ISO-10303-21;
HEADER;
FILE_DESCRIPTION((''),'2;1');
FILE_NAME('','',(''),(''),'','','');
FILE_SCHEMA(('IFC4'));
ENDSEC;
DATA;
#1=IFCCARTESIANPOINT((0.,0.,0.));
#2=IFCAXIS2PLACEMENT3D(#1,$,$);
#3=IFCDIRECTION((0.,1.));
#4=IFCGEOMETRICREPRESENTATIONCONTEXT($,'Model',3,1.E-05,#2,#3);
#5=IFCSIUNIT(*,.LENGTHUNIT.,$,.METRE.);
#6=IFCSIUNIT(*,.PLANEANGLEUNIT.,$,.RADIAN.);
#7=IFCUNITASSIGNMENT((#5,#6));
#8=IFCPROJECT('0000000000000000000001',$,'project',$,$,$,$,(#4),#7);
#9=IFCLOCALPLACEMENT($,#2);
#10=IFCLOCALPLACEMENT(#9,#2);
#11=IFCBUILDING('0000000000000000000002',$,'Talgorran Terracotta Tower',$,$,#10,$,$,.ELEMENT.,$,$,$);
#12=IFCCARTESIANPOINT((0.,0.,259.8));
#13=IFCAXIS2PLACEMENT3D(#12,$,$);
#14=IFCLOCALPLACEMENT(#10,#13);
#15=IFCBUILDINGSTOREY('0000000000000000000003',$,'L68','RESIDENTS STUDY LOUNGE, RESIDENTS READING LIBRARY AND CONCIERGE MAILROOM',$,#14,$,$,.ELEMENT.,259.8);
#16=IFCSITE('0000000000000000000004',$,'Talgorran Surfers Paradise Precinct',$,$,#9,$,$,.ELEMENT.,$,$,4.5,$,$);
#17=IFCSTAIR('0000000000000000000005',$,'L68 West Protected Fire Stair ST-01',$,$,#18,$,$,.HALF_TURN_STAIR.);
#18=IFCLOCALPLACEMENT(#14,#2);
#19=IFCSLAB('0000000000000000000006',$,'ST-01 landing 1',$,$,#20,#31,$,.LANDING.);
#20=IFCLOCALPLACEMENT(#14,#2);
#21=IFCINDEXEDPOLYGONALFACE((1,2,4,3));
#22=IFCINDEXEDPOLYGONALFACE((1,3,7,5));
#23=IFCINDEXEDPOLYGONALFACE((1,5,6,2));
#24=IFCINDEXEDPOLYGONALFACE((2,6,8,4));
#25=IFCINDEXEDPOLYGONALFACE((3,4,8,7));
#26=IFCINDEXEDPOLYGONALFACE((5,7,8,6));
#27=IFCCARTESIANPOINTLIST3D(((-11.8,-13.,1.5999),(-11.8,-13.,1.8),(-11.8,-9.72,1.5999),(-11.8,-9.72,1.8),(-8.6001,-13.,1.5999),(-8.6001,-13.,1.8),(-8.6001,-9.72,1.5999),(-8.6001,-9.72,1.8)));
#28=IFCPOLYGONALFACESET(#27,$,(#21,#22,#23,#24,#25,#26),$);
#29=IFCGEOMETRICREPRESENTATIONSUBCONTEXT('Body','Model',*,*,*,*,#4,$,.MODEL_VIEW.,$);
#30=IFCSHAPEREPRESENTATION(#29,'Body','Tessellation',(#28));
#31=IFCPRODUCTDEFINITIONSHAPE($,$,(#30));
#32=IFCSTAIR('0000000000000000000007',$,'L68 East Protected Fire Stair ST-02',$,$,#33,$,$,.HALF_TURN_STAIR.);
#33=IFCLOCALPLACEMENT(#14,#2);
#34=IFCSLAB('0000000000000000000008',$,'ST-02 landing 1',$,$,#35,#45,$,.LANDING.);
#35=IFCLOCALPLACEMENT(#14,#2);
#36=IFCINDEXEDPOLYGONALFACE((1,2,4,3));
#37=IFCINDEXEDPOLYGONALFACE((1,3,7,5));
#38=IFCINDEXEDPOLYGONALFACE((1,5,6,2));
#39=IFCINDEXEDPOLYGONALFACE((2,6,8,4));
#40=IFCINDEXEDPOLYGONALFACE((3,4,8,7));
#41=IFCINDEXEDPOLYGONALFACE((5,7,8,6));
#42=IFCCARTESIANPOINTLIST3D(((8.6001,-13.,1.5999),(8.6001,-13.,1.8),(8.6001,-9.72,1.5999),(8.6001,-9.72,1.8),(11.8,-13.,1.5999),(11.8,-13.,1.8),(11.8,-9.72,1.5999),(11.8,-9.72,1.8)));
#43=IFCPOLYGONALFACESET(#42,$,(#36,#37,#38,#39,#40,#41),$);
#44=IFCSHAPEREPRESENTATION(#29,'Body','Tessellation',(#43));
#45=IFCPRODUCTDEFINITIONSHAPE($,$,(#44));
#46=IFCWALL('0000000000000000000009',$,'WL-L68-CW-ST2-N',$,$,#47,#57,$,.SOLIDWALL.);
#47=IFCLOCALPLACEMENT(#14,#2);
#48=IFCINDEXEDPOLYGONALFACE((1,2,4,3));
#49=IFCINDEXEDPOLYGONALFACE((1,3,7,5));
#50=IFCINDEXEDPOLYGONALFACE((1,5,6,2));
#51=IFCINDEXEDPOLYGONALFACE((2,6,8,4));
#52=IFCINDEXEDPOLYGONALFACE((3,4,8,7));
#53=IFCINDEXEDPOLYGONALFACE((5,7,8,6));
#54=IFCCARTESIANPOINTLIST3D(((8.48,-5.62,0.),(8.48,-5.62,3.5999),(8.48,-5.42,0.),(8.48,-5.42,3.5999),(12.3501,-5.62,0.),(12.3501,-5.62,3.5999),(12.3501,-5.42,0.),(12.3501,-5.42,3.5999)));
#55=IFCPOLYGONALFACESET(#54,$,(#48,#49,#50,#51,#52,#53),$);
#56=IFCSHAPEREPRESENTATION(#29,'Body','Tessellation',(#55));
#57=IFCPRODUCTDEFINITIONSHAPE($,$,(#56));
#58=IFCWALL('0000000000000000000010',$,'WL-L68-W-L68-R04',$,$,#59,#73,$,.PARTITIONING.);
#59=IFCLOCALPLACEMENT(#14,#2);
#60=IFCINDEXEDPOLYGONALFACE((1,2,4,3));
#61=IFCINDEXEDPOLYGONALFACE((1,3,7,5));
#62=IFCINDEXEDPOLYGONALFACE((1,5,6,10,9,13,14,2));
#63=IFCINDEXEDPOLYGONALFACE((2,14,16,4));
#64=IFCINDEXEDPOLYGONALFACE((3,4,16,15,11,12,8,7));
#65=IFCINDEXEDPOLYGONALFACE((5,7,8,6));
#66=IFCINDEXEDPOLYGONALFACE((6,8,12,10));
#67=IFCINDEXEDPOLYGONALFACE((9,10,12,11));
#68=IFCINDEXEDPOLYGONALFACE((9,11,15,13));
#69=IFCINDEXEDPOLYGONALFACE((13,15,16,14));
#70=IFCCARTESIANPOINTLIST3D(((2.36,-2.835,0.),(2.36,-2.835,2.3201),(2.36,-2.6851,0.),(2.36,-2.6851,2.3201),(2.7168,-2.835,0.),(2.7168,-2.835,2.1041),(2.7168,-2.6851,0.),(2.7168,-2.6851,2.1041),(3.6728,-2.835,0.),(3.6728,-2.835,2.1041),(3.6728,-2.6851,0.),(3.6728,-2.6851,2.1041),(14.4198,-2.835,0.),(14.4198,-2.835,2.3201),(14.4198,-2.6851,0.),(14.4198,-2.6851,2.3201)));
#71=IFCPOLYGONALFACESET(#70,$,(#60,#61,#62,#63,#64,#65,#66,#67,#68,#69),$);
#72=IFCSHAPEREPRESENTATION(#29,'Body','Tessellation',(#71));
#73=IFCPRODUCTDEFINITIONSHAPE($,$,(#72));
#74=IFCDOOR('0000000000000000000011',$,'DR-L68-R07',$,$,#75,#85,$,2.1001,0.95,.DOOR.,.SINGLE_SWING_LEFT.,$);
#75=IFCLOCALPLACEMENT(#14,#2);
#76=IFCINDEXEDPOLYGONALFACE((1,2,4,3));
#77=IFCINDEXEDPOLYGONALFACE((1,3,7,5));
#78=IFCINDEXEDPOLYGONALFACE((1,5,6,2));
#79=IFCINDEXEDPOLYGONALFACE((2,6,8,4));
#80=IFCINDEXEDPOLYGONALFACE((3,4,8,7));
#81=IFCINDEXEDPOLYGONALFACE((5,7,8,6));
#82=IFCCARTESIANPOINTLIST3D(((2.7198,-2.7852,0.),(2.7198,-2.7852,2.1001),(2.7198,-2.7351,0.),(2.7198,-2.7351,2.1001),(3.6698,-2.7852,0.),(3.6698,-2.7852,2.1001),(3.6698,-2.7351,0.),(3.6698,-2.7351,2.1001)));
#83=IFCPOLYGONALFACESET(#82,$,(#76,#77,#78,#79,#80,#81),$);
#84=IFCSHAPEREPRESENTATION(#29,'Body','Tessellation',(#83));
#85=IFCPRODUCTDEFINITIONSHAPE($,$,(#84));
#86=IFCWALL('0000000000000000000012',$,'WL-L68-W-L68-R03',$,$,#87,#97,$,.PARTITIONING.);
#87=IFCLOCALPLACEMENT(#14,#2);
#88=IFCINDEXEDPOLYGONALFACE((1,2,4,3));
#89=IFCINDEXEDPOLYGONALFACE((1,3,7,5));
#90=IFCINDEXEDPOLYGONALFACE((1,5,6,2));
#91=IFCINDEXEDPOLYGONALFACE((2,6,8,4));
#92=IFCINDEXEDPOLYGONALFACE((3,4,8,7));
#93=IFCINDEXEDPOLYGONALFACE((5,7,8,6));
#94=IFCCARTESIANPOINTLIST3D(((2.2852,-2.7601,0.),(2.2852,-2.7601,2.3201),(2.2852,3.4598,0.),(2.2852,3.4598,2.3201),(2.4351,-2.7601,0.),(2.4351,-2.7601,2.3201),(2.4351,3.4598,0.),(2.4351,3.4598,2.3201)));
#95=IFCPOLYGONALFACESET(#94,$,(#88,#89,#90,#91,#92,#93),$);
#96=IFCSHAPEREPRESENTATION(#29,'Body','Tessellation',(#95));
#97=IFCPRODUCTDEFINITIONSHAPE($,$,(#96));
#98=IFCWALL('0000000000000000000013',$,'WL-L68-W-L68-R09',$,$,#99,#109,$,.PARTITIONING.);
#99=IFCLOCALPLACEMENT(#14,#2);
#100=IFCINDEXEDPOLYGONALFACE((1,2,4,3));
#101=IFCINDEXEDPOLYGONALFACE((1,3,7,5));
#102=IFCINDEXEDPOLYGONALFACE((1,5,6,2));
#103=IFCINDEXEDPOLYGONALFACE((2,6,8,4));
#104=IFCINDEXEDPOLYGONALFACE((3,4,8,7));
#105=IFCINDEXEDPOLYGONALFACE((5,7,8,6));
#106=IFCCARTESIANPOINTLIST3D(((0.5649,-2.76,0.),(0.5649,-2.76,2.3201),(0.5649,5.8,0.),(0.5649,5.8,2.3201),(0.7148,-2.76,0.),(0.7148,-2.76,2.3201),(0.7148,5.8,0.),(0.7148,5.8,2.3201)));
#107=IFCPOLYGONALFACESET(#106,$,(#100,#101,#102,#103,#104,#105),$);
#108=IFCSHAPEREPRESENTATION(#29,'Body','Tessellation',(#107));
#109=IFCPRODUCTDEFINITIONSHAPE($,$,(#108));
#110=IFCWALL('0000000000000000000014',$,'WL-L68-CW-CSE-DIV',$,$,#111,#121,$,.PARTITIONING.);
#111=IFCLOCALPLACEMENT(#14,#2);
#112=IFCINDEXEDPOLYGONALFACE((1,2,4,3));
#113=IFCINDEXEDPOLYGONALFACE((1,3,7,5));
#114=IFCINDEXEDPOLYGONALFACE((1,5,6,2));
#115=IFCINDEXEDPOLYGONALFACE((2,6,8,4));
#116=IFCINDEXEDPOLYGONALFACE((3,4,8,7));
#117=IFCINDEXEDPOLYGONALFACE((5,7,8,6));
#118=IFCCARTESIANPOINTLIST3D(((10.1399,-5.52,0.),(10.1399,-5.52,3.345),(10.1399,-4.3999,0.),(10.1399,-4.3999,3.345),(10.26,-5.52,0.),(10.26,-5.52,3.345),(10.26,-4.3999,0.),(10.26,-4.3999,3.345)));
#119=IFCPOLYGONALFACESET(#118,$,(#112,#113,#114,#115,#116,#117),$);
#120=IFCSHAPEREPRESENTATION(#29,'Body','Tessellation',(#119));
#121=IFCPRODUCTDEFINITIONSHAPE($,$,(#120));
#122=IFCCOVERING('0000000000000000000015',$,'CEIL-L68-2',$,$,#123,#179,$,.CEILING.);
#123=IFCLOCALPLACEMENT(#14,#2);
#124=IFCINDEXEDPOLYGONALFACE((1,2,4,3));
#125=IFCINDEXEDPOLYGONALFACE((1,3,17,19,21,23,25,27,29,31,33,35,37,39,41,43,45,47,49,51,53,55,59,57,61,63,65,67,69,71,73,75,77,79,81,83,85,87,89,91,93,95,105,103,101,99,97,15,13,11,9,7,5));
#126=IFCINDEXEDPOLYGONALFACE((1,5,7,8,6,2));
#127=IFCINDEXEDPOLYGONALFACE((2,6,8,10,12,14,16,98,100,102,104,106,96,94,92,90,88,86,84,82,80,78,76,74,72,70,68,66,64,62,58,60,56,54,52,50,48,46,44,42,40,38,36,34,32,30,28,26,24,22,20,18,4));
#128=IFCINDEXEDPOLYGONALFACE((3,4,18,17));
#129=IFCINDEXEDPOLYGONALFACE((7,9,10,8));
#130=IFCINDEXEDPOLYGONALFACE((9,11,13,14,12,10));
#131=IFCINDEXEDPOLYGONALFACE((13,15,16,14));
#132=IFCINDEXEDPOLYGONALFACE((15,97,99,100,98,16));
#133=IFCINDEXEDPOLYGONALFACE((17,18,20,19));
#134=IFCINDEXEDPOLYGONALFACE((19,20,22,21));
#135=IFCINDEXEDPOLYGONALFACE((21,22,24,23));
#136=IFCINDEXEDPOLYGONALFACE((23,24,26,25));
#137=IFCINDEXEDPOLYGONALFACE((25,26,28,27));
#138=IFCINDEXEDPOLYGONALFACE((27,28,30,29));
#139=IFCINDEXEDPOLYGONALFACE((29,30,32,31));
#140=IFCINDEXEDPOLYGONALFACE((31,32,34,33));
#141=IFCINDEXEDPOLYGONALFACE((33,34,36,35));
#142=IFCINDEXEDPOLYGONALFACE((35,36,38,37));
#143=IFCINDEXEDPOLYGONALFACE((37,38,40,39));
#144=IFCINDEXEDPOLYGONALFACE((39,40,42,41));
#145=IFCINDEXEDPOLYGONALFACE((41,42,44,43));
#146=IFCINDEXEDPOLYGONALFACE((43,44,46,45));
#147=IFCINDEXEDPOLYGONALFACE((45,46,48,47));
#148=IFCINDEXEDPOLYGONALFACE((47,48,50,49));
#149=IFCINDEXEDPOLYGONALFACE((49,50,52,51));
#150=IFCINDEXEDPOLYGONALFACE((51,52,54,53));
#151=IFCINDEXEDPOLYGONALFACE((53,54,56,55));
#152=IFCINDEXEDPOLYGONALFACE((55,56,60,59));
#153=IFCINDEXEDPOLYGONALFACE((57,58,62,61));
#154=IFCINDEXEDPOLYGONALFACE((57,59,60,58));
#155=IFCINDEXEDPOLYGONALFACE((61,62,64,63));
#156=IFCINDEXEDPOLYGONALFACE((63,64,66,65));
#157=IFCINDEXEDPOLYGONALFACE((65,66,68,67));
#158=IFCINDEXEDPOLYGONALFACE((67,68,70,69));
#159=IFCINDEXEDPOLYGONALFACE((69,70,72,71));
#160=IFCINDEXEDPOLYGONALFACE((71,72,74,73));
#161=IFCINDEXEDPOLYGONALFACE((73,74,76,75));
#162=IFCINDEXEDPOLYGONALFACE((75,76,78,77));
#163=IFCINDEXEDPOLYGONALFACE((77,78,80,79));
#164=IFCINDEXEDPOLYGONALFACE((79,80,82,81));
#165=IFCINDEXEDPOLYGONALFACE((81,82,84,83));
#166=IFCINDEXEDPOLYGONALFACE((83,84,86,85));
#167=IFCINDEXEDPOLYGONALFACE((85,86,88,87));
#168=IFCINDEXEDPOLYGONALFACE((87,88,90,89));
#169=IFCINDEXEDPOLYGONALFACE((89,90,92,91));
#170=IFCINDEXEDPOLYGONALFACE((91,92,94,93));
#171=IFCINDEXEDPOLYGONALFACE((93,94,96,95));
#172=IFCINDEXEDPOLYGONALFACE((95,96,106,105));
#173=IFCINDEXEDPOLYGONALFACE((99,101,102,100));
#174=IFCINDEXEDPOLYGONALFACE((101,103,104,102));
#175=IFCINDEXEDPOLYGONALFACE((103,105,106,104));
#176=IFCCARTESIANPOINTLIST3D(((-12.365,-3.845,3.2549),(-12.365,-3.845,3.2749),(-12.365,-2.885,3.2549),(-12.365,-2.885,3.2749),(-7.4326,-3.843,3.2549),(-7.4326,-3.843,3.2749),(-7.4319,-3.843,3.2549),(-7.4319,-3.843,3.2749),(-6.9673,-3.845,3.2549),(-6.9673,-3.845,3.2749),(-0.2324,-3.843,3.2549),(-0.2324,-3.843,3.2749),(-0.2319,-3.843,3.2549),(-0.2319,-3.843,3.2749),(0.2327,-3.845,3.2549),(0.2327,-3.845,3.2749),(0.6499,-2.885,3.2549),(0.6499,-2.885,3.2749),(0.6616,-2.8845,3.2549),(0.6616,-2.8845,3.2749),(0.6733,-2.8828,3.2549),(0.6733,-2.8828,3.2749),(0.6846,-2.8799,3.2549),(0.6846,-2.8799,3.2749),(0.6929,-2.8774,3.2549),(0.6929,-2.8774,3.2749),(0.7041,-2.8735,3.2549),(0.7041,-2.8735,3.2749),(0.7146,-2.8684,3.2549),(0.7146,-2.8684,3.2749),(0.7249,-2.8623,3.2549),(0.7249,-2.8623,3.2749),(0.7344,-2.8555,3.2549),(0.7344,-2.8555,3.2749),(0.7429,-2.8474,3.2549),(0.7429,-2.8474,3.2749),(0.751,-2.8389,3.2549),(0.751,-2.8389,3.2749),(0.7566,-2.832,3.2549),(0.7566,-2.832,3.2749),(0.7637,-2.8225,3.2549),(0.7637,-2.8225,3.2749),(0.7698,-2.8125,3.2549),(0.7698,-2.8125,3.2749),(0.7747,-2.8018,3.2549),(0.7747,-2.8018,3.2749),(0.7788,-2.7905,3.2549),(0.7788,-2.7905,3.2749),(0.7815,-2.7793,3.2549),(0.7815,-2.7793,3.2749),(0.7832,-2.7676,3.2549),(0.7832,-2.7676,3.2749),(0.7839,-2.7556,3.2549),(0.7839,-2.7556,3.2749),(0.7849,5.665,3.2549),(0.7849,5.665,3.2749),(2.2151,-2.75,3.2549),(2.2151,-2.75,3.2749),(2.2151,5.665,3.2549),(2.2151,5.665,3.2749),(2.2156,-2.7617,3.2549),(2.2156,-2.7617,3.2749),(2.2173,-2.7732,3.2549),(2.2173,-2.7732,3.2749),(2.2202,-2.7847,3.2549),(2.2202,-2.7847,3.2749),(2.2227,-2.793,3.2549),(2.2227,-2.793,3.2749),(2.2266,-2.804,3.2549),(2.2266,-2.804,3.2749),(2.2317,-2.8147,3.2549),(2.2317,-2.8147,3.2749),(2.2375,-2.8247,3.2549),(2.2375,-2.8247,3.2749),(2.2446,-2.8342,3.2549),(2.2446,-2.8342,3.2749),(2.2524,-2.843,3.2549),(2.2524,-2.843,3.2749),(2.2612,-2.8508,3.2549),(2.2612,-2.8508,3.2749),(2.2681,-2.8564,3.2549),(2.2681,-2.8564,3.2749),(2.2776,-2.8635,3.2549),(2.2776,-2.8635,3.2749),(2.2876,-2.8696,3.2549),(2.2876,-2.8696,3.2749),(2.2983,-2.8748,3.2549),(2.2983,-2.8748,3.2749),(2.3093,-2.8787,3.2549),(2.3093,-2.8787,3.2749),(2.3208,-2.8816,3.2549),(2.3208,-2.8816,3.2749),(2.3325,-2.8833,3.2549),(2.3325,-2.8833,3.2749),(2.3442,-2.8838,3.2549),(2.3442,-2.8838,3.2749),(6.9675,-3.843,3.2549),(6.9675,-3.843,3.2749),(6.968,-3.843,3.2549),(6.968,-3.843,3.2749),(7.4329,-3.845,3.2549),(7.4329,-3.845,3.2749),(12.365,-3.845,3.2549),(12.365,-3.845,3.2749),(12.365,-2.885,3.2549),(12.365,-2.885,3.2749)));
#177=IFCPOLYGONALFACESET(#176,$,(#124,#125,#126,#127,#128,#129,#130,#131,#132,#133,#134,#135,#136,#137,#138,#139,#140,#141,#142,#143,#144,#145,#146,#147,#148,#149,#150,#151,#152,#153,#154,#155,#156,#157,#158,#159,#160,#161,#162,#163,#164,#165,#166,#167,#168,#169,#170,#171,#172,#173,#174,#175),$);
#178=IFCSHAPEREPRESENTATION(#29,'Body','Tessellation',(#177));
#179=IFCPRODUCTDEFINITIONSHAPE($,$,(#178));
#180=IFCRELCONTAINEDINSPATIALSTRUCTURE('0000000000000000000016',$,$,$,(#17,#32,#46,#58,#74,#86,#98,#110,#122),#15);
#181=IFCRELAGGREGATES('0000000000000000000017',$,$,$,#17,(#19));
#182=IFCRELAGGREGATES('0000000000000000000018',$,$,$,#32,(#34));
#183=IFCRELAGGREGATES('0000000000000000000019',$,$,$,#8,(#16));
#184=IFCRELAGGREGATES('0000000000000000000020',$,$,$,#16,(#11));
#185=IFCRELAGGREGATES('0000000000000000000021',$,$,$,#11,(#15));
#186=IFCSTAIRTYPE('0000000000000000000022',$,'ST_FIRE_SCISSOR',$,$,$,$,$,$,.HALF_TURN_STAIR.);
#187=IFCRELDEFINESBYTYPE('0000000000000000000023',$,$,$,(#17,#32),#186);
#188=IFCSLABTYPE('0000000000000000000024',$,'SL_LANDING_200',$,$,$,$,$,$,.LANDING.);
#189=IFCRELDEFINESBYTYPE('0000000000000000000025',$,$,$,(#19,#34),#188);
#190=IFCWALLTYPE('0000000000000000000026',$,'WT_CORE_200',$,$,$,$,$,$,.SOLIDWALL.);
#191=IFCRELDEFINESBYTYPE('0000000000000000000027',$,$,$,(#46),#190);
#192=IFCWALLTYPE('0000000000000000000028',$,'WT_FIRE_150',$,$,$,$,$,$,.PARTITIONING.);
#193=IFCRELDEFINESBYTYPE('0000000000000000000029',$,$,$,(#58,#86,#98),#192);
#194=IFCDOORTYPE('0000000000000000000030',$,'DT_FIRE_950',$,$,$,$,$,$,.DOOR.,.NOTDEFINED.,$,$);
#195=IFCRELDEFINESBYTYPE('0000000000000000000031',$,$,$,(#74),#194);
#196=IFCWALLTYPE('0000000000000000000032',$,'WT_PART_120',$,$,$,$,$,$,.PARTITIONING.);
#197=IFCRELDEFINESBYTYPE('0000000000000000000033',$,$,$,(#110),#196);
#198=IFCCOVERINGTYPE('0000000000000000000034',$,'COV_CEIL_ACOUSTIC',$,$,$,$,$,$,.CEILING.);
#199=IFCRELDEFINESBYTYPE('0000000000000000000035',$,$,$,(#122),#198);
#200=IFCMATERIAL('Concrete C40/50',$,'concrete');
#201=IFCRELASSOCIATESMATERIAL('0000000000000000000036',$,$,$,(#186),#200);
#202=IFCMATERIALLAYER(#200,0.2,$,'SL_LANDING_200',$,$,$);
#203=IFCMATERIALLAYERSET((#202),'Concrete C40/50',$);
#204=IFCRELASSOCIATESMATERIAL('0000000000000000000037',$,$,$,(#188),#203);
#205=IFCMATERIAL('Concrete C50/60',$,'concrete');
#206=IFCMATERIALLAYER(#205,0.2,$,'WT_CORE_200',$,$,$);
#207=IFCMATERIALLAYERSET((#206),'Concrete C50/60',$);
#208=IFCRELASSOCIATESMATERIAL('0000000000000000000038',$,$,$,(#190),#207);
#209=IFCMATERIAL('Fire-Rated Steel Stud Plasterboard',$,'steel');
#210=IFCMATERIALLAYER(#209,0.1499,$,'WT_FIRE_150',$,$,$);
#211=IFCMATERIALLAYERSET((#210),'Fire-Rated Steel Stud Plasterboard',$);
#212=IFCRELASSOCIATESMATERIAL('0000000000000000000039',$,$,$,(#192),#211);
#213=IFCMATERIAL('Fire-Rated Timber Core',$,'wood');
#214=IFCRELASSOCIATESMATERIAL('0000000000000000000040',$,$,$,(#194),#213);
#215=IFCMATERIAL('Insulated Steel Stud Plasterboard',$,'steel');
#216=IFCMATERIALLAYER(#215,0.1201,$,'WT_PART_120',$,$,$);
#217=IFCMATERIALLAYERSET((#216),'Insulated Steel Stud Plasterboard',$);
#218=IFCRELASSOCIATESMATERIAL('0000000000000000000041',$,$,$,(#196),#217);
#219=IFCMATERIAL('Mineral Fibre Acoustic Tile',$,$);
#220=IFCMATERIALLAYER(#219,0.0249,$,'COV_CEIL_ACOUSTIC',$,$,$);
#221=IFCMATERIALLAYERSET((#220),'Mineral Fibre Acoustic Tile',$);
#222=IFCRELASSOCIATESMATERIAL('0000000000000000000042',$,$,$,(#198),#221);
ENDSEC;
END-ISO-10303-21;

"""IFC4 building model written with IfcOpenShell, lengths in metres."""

from ifc_helpers import new_model, si_unit, direction, frame, frame_2d, origin, place, context, subcontext, project, spatial, polyline, rectangle, outline, extrude, material, layer, layer_set, type_object, element, fill, aggregate, save


model = new_model("IFC4")

# Units and contexts
model_context = context("Model", 3, precision=1e-05, world=origin(), true_north=direction((0.0, 1.0)))
body_context = subcontext(model_context, "Body", "Model", "MODEL_VIEW")
ifc_project = project(units=[si_unit("LENGTHUNIT", "METRE"), si_unit("PLANEANGLEUNIT", "RADIAN")], contexts=[model_context])

# Site, building, storey
site_placement = place(None, origin())
site = spatial("IfcSite", under=ifc_project, at=site_placement, Name="Talgorran Surfers Paradise Precinct", CompositionType="ELEMENT", RefElevation=4.5)
building_placement = place(site_placement, origin())
building = spatial("IfcBuilding", under=site, at=building_placement, Name="Talgorran Terracotta Tower", CompositionType="ELEMENT")
storey_placement = place(building_placement, frame((0.0, 0.0, 259.8)))
storey = spatial("IfcBuildingStorey", under=building, at=storey_placement, Name="L68", Description="RESIDENTS STUDY LOUNGE, RESIDENTS READING LIBRARY AND CONCIERGE MAILROOM", CompositionType="ELEMENT", Elevation=259.8)

# Stairs, slabs
ifc_material_1 = material(Name="Concrete C40/50", Category="concrete")
stair_type = type_object("IfcStairType", Name="ST_FIRE_SCISSOR", PredefinedType="HALF_TURN_STAIR", material=ifc_material_1)
stair_1_placement = place(storey_placement, origin())
stair_1 = element("IfcStair", 1, at=stair_1_placement, inside=storey, type_object=stair_type, Name="L68 West Protected Fire Stair ST-01", PredefinedType="HALF_TURN_STAIR")
ifc_layer_1 = layer(ifc_material_1, 0.2, Name="SL_LANDING_200")
ifc_layer_set_1 = layer_set([ifc_layer_1], Name="Concrete C40/50")
slab_type = type_object("IfcSlabType", Name="SL_LANDING_200", PredefinedType="LANDING", material=ifc_layer_set_1)
slab_1_placement = place(storey_placement, frame((0.0, 0.0, 1.5999)))
slab_1 = element("IfcSlab", 2, at=slab_1_placement, type_object=slab_type, Name="ST-01 landing 1", PredefinedType="LANDING", context=body_context, shape_type="SweptSolid", body=[
    extrude(outline(polyline([(-11.8, -9.72), (-11.8, -13.0), (-8.6001, -13.0), (-8.6001, -9.72), (-11.8, -9.72)])), origin(), (0.0, 0.0, 1.0), 0.2002),
])
aggregate(stair_1, [slab_1])
stair_2_placement = place(storey_placement, origin())
stair_2 = element("IfcStair", 3, at=stair_2_placement, inside=storey, type_object=stair_type, Name="L68 East Protected Fire Stair ST-02", PredefinedType="HALF_TURN_STAIR")
slab_2_placement = place(storey_placement, frame((0.0, 0.0, 1.5999)))
slab_2 = element("IfcSlab", 4, at=slab_2_placement, type_object=slab_type, Name="ST-02 landing 1", PredefinedType="LANDING", context=body_context, shape_type="SweptSolid", body=[
    extrude(outline(polyline([(8.6001, -9.72), (8.6001, -13.0), (11.8, -13.0), (11.8, -9.72), (8.6001, -9.72)])), origin(), (0.0, 0.0, 1.0), 0.2002),
])
aggregate(stair_2, [slab_2])

# Wall
ifc_material_2 = material(Name="Concrete C50/60", Category="concrete")
ifc_layer_2 = layer(ifc_material_2, 0.2, Name="WT_CORE_200")
ifc_layer_set_2 = layer_set([ifc_layer_2], Name="Concrete C50/60")
wall_type_1 = type_object("IfcWallType", Name="WT_CORE_200", PredefinedType="SOLIDWALL", material=ifc_layer_set_2)
wall_1_placement = place(storey_placement, frame((8.48, -5.52, 0.0), z_axis=(0.0, 0.0, 1.0), x_axis=(1.0, 0.0, 0.0)))
element("IfcWall", 5, at=wall_1_placement, inside=storey, type_object=wall_type_1, Name="WL-L68-CW-ST2-N", PredefinedType="SOLIDWALL", context=body_context, shape_type="SweptSolid", body=[
    extrude(rectangle(XDim=3.8701, YDim=0.2, at=frame_2d((1.9351, 0.0))), origin(), (0.0, 0.0, 1.0), 3.5999),
])

# Wall, opening, door
ifc_material_3 = material(Name="Fire-Rated Steel Stud Plasterboard", Category="steel")
ifc_layer_3 = layer(ifc_material_3, 0.1499, Name="WT_FIRE_150")
ifc_layer_set_3 = layer_set([ifc_layer_3], Name="Fire-Rated Steel Stud Plasterboard")
wall_type_2 = type_object("IfcWallType", Name="WT_FIRE_150", PredefinedType="PARTITIONING", material=ifc_layer_set_3)
wall_2_placement = place(storey_placement, frame((2.3601, -2.76, 0.0), z_axis=(0.0, 0.0, 1.0), x_axis=(1.0, 0.0, 0.0)))
wall_2 = element("IfcWall", 6, at=wall_2_placement, inside=storey, type_object=wall_type_2, Name="WL-L68-W-L68-R04", PredefinedType="PARTITIONING", context=body_context, shape_type="SweptSolid", body=[
    extrude(rectangle(XDim=12.0598, YDim=0.1499, at=frame_2d((6.0298, 0.0))), origin(), (0.0, 0.0, 1.0), 2.3201),
])
opening_placement = place(wall_2_placement, frame((0.3596, 0.0, 0.0)))
opening = element("IfcOpeningElement", 7, at=opening_placement, cuts=wall_2, PredefinedType="OPENING", context=body_context, shape_type="SweptSolid", body=[
    extrude(rectangle(XDim=0.956, YDim=2.1041, at=frame_2d((0.4751, 1.052))), frame((0.0, 0.085, 0.0), z_axis=(0.0, -1.0, 0.0), x_axis=(1.0, 0.0, 0.0)), (0.0, 0.0, 1.0), 0.1699),
])
ifc_material_4 = material(Name="Fire-Rated Timber Core", Category="wood")
door_type = type_object("IfcDoorType", Name="DT_FIRE_950", OperationType="NOTDEFINED", PredefinedType="DOOR", material=ifc_material_4)
door_placement = place(opening_placement, origin())
door = element("IfcDoor", 8, at=door_placement, inside=storey, type_object=door_type, Name="DR-L68-R07", OperationType="SINGLE_SWING_LEFT", OverallHeight=2.1001, OverallWidth=0.95, PredefinedType="DOOR", context=body_context, shape_type="SweptSolid", body=[
    extrude(rectangle(XDim=0.95, YDim=2.1001, at=frame_2d((0.4751, 1.05))), frame((0.0, 0.0249, 0.0), z_axis=(0.0, -1.0, 0.0), x_axis=(1.0, 0.0, 0.0)), (0.0, 0.0, 1.0), 0.05),
])
fill(opening, door)

# Walls
wall_3_placement = place(storey_placement, frame((2.3601, -2.76, 0.0), z_axis=(0.0, 0.0, 1.0), x_axis=(0.0, 1.0, 0.0)))
element("IfcWall", 9, at=wall_3_placement, inside=storey, type_object=wall_type_2, Name="WL-L68-W-L68-R03", PredefinedType="PARTITIONING", context=body_context, shape_type="SweptSolid", body=[
    extrude(rectangle(XDim=6.22, YDim=0.1499, at=frame_2d((3.1099, 0.0))), origin(), (0.0, 0.0, 1.0), 2.3201),
])
wall_4_placement = place(storey_placement, frame((0.6399, -2.76, 0.0), z_axis=(0.0, 0.0, 1.0), x_axis=(0.0, 1.0, 0.0)))
element("IfcWall", 10, at=wall_4_placement, inside=storey, type_object=wall_type_2, Name="WL-L68-W-L68-R09", PredefinedType="PARTITIONING", context=body_context, shape_type="SweptSolid", body=[
    extrude(rectangle(XDim=8.5601, YDim=0.1499, at=frame_2d((4.28, 0.0))), origin(), (0.0, 0.0, 1.0), 2.3201),
])
ifc_material_5 = material(Name="Insulated Steel Stud Plasterboard", Category="steel")
ifc_layer_4 = layer(ifc_material_5, 0.1201, Name="WT_PART_120")
ifc_layer_set_4 = layer_set([ifc_layer_4], Name="Insulated Steel Stud Plasterboard")
wall_type_3 = type_object("IfcWallType", Name="WT_PART_120", PredefinedType="PARTITIONING", material=ifc_layer_set_4)
wall_5_placement = place(storey_placement, frame((10.2, -5.52, 0.0), z_axis=(0.0, 0.0, 1.0), x_axis=(0.0, 1.0, 0.0)))
element("IfcWall", 11, at=wall_5_placement, inside=storey, type_object=wall_type_3, Name="WL-L68-CW-CSE-DIV", PredefinedType="PARTITIONING", context=body_context, shape_type="SweptSolid", body=[
    extrude(rectangle(XDim=1.1201, YDim=0.1201, at=frame_2d((0.5601, 0.0))), origin(), (0.0, 0.0, 1.0), 3.345),
])

# Covering
ifc_material_6 = material(Name="Mineral Fibre Acoustic Tile")
ifc_layer_5 = layer(ifc_material_6, 0.0249, Name="COV_CEIL_ACOUSTIC")
ifc_layer_set_5 = layer_set([ifc_layer_5], Name="Mineral Fibre Acoustic Tile")
covering_type_1 = type_object("IfcCoveringType", Name="COV_CEIL_ACOUSTIC", PredefinedType="CEILING", material=ifc_layer_set_5)
covering_1_placement = place(storey_placement, frame((0.0, 0.0, 3.2549)))
element("IfcCovering", 12, at=covering_1_placement, inside=storey, type_object=covering_type_1, Name="CEIL-L68-2", PredefinedType="CEILING", context=body_context, shape_type="SweptSolid", body=[
    extrude(outline(polyline([(-12.365, -2.885), (0.6499, -2.885), (0.6616, -2.8845), (0.6733, -2.8828), (0.6846, -2.8799), (0.6929, -2.8774), (0.7041, -2.8735), (0.7146, -2.8684), (0.7249, -2.8623), (0.7344, -2.8555), (0.7429, -2.8474), (0.751, -2.8389), (0.7566, -2.832), (0.7637, -2.8225), (0.7698, -2.8125), (0.7747, -2.8018), (0.7788, -2.7905), (0.7815, -2.7793), (0.7832, -2.7676), (0.7839, -2.7556), (0.7849, 5.665), (2.2151, 5.665), (2.2151, -2.75), (2.2156, -2.7617), (2.2173, -2.7732), (2.2202, -2.7847), (2.2227, -2.793), (2.2266, -2.804), (2.2317, -2.8147), (2.2375, -2.8247), (2.2446, -2.8342), (2.2524, -2.843), (2.2612, -2.8508), (2.2681, -2.8564), (2.2776, -2.8635), (2.2876, -2.8696), (2.2983, -2.8748), (2.3093, -2.8787), (2.3208, -2.8816), (2.3325, -2.8833), (2.3442, -2.8838), (12.365, -2.885), (12.365, -3.845), (7.4329, -3.845), (6.968, -3.843), (6.9675, -3.843), (0.2327, -3.845), (-0.2319, -3.843), (-0.2324, -3.843), (-6.9673, -3.845), (-7.4319, -3.843), (-7.4326, -3.843), (-12.365, -3.845), (-12.365, -2.885)])), origin(), (0.0, 0.0, 1.0), 0.02),
])

save(model, "model.ifc")
